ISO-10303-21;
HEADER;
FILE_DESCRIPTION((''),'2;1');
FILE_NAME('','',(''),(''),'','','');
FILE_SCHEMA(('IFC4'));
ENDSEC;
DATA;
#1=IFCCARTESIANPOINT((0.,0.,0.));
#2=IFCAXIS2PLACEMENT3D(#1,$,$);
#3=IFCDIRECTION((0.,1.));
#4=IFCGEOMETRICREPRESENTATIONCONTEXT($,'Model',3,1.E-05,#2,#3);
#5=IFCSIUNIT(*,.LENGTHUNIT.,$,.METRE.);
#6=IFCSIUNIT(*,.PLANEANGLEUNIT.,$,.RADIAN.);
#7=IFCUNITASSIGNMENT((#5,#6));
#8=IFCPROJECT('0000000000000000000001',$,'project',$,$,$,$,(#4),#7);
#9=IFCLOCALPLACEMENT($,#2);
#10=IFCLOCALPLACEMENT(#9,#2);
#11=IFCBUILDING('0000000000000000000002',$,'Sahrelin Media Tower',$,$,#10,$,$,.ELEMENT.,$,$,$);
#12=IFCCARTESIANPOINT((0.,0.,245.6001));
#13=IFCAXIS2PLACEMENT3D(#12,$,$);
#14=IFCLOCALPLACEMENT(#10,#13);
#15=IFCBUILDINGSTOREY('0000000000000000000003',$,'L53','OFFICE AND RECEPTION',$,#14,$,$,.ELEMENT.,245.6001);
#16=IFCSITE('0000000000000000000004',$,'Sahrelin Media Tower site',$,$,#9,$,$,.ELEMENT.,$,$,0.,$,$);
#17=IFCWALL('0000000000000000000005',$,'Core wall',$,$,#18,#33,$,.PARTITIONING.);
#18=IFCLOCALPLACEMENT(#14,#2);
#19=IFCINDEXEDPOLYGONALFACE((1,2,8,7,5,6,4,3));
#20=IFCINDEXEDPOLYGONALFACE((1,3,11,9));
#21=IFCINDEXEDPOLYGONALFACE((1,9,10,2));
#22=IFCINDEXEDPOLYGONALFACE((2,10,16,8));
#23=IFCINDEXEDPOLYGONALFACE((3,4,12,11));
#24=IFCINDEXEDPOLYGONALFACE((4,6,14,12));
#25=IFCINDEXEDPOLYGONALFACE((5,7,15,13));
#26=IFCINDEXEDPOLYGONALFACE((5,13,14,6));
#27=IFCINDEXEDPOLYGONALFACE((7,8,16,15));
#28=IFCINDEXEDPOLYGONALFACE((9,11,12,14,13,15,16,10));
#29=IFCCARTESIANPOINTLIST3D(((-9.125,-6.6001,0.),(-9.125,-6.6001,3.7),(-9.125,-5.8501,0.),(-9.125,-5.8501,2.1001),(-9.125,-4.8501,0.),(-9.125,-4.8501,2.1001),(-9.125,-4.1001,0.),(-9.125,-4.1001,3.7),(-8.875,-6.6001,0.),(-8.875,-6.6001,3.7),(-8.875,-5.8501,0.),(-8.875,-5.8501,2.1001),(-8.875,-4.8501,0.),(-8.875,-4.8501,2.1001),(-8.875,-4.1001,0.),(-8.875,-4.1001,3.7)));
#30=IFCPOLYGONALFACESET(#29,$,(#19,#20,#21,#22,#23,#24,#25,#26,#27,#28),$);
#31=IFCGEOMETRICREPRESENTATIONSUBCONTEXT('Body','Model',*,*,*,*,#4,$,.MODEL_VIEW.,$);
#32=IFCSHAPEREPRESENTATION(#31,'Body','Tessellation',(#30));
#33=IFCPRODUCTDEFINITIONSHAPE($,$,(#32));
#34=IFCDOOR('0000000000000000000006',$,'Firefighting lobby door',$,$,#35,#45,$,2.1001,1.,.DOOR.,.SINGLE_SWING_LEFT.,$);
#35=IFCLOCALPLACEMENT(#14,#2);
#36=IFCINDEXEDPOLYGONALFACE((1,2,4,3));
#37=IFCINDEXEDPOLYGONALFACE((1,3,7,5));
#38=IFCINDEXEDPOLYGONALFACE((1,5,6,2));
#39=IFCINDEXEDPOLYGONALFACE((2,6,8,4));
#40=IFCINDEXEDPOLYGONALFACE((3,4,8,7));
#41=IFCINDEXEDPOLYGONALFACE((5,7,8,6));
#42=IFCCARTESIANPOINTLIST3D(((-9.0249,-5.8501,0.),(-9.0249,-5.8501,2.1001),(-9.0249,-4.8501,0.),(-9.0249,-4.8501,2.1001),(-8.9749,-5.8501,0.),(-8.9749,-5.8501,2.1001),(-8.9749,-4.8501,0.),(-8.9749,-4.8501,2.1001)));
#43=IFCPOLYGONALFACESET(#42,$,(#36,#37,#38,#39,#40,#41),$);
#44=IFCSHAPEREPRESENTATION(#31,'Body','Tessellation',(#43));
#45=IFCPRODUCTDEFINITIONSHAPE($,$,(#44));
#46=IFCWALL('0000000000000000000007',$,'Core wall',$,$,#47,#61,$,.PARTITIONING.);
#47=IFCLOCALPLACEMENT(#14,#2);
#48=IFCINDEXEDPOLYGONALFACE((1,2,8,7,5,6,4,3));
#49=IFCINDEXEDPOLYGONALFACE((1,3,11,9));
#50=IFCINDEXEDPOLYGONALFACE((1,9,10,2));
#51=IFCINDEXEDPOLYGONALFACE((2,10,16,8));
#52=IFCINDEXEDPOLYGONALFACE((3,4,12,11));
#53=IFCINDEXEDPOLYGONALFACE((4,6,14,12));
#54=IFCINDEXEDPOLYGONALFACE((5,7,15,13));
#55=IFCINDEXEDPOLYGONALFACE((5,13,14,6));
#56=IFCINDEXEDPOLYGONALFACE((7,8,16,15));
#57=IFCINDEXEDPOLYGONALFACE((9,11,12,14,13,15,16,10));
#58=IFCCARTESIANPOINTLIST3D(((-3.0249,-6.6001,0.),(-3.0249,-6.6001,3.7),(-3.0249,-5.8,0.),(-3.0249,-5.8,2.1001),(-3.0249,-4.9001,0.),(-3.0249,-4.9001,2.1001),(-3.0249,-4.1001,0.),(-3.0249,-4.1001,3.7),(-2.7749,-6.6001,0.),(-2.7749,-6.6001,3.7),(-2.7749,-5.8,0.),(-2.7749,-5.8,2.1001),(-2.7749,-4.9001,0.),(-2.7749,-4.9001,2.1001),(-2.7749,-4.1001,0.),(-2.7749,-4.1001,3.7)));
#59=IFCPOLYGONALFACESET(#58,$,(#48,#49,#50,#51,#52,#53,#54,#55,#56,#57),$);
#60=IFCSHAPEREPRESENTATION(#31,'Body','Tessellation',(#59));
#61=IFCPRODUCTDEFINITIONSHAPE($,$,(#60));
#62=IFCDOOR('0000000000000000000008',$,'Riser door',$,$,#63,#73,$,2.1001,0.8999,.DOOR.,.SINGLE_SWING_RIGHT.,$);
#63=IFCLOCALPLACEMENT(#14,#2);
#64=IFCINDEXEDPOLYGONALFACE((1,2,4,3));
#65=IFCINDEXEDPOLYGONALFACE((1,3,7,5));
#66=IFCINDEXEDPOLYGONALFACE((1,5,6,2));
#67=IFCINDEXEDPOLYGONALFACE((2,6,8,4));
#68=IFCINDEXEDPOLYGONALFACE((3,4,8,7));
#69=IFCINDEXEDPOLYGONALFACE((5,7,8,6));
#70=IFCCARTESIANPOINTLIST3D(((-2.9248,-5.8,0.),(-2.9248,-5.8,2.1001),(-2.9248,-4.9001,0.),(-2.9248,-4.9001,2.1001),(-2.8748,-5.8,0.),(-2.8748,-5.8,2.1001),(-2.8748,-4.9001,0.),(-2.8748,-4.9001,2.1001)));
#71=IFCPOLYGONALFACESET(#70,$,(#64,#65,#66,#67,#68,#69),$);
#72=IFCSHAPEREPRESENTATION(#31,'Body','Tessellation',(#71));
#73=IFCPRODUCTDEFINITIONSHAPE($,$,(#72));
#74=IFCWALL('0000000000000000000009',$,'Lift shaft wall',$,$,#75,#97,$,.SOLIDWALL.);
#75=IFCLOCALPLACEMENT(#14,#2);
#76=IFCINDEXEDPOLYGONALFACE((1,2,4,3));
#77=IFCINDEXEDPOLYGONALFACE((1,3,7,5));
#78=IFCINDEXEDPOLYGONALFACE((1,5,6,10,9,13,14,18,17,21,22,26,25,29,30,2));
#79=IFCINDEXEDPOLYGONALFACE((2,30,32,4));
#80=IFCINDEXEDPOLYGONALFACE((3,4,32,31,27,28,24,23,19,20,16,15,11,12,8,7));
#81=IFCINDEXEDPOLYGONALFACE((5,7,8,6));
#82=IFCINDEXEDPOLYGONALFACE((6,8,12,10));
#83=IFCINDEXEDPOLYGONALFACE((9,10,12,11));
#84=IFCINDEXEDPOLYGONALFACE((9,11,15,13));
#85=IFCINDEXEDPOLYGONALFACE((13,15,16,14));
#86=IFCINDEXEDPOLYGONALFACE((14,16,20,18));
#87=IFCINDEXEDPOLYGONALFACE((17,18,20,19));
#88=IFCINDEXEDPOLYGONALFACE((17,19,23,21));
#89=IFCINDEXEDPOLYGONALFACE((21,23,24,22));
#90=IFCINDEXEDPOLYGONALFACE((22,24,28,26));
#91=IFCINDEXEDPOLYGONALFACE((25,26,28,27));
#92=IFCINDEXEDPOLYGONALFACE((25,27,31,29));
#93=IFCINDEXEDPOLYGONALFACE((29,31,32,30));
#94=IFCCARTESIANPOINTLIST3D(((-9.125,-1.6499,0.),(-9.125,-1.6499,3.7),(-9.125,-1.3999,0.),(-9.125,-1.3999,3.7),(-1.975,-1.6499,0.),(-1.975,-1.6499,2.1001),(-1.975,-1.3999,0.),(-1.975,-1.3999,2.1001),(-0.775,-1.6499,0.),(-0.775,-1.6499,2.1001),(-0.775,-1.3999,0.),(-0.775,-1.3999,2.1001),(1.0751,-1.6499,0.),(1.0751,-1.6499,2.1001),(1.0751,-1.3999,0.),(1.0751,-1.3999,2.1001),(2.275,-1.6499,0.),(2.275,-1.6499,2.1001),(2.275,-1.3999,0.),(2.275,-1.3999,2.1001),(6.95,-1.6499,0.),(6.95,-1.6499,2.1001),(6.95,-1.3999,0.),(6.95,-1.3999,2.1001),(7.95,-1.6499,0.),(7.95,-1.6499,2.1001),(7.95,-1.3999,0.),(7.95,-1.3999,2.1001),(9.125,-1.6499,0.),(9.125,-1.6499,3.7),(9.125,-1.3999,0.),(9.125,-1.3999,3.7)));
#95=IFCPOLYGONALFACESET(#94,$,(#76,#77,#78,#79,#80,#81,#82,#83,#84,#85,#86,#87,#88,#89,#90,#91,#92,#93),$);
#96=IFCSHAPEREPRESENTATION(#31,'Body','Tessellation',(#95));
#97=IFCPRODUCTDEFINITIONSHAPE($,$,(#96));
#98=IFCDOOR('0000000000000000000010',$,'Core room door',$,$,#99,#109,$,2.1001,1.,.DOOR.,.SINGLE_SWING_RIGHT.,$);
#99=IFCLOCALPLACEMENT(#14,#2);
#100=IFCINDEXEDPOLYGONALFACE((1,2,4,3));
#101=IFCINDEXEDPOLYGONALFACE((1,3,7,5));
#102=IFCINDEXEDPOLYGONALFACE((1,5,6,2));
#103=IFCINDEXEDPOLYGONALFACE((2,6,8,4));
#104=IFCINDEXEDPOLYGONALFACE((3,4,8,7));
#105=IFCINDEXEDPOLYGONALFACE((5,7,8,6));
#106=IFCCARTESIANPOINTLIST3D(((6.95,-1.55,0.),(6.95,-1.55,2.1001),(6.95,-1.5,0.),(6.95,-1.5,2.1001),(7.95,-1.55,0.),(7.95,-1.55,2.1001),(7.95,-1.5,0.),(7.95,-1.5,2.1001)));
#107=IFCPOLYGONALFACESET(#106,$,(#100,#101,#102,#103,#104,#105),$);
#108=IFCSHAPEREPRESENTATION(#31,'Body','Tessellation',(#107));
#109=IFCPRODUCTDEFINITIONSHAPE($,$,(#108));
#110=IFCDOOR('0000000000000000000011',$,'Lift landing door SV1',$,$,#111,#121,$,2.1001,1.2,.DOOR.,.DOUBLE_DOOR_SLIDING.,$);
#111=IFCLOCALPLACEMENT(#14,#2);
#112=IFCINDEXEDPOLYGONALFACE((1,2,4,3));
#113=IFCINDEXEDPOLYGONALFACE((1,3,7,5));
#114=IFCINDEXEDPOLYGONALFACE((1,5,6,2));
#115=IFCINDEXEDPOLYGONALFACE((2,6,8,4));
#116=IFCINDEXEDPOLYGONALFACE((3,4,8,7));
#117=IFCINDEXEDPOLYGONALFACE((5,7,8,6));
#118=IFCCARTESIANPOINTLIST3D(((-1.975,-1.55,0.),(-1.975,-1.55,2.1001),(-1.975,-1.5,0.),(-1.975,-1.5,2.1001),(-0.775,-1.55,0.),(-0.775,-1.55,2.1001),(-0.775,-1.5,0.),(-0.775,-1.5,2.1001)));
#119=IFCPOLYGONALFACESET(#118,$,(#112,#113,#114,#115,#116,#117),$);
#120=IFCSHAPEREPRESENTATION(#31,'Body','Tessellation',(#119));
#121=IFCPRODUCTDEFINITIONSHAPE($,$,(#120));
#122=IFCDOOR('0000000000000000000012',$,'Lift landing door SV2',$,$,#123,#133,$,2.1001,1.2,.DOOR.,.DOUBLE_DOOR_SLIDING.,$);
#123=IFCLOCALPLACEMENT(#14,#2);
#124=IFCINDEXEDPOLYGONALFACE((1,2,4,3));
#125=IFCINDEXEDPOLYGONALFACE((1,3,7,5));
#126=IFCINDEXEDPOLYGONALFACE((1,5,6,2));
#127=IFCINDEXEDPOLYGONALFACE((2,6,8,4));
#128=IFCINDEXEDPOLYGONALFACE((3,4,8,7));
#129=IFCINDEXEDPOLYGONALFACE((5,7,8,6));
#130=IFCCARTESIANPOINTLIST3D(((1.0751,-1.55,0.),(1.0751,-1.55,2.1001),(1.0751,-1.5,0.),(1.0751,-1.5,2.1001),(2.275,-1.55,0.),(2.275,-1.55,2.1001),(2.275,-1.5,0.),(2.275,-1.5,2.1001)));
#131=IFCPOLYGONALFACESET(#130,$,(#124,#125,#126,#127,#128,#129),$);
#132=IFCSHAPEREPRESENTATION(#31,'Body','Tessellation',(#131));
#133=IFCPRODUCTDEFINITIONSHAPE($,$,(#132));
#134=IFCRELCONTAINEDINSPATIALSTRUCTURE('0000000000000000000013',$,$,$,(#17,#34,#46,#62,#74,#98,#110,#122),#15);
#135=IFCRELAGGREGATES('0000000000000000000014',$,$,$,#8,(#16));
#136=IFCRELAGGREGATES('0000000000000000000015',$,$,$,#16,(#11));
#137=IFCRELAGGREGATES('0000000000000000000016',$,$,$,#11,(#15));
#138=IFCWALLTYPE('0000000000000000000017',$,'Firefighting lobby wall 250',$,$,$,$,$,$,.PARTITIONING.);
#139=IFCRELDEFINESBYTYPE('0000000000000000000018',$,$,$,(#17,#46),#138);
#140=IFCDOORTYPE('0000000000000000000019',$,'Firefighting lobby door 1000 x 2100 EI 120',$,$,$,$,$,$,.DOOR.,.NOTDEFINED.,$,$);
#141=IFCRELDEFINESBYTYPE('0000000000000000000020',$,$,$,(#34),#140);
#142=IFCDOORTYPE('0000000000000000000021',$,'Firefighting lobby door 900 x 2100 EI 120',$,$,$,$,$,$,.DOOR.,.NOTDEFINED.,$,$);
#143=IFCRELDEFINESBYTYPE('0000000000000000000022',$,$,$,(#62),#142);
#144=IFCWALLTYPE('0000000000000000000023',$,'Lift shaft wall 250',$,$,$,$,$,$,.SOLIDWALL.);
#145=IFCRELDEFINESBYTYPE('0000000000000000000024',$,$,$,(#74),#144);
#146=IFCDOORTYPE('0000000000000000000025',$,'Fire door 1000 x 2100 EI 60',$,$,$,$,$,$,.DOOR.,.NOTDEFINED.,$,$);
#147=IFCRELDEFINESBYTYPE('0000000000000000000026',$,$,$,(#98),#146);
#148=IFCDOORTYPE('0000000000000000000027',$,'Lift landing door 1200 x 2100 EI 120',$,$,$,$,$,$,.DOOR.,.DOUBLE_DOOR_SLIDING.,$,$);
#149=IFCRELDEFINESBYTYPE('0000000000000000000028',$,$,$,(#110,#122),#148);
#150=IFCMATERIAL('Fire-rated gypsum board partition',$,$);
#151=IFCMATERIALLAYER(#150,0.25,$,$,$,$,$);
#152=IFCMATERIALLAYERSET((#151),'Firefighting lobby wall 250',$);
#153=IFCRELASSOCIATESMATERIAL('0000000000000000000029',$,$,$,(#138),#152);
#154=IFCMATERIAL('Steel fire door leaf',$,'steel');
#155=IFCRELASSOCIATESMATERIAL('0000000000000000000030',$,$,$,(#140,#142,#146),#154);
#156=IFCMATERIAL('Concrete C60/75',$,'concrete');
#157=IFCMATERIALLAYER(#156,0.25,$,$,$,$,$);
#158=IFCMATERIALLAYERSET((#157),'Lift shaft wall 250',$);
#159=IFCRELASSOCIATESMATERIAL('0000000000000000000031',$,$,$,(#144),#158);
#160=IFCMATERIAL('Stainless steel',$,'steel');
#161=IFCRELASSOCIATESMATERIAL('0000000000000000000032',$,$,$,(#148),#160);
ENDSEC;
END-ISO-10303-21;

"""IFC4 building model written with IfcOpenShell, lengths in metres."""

from ifc_helpers import new_model, si_unit, direction, frame, frame_2d, origin, place, context, subcontext, project, spatial, rectangle, extrude, material, layer, layer_set, type_object, element, fill, save


model = new_model("IFC4")

# Units and contexts
model_context = context("Model", 3, precision=1e-05, world=origin(), true_north=direction((0.0, 1.0)))
body_context = subcontext(model_context, "Body", "Model", "MODEL_VIEW")
ifc_project = project(units=[si_unit("LENGTHUNIT", "METRE"), si_unit("PLANEANGLEUNIT", "RADIAN")], contexts=[model_context])

# Site, building, storey
site_placement = place(None, origin())
site = spatial("IfcSite", under=ifc_project, at=site_placement, Name="Sahrelin Media Tower site", CompositionType="ELEMENT", RefElevation=0.0)
building_placement = place(site_placement, origin())
building = spatial("IfcBuilding", under=site, at=building_placement, Name="Sahrelin Media Tower", CompositionType="ELEMENT")
storey_placement = place(building_placement, frame((0.0, 0.0, 245.6001)))
storey = spatial("IfcBuildingStorey", under=building, at=storey_placement, Name="L53", Description="OFFICE AND RECEPTION", CompositionType="ELEMENT", Elevation=245.6001)

# Shared definitions
ifc_material_1 = material(Name="Concrete C60/75", Category="concrete")

# Walls, openings, doors
ifc_material_2 = material(Name="Fire-rated gypsum board partition")
ifc_layer_1 = layer(ifc_material_2, 0.25)
ifc_layer_set_1 = layer_set([ifc_layer_1], Name="Firefighting lobby wall 250")
wall_type_1 = type_object("IfcWallType", Name="Firefighting lobby wall 250", PredefinedType="PARTITIONING", material=ifc_layer_set_1)
wall_1_placement = place(storey_placement, frame((-9.0, -6.6001, 0.0), z_axis=(0.0, 0.0, 1.0), x_axis=(0.0, 1.0, 0.0)))
wall_1 = element("IfcWall", 1, at=wall_1_placement, inside=storey, type_object=wall_type_1, Name="Core wall", PredefinedType="PARTITIONING", context=body_context, shape_type="SweptSolid", body=[
    extrude(rectangle(XDim=2.5, YDim=0.25, at=frame_2d((1.25, 0.0))), origin(), (0.0, 0.0, 1.0), 3.7),
])
opening_1_placement = place(wall_1_placement, frame((0.75, 0.0, 0.0)))
opening_1 = element("IfcOpeningElement", 2, at=opening_1_placement, cuts=wall_1, PredefinedType="OPENING", context=body_context, shape_type="SweptSolid", body=[
    extrude(rectangle(XDim=1.0, YDim=2.1001, at=frame_2d((0.5, 1.05))), frame((0.0, 0.125, 0.0), z_axis=(0.0, -1.0, 0.0), x_axis=(1.0, 0.0, 0.0)), (0.0, 0.0, 1.0), 0.25),
])
ifc_material_3 = material(Name="Steel fire door leaf", Category="steel")
door_type_1 = type_object("IfcDoorType", Name="Firefighting lobby door 1000 x 2100 EI 120", OperationType="NOTDEFINED", PredefinedType="DOOR", material=ifc_material_3)
door_1_placement = place(opening_1_placement, origin())
door_1 = element("IfcDoor", 3, at=door_1_placement, inside=storey, type_object=door_type_1, Name="Firefighting lobby door", OperationType="SINGLE_SWING_LEFT", OverallHeight=2.1001, OverallWidth=1.0, PredefinedType="DOOR", context=body_context, shape_type="SweptSolid", body=[
    extrude(rectangle(XDim=1.0, YDim=2.1001, at=frame_2d((0.5, 1.05))), frame((0.0, 0.0249, 0.0), z_axis=(0.0, -1.0, 0.0), x_axis=(1.0, 0.0, 0.0)), (0.0, 0.0, 1.0), 0.05),
])
fill(opening_1, door_1)
wall_2_placement = place(storey_placement, frame((-2.8999, -6.6001, 0.0), z_axis=(0.0, 0.0, 1.0), x_axis=(0.0, 1.0, 0.0)))
wall_2 = element("IfcWall", 4, at=wall_2_placement, inside=storey, type_object=wall_type_1, Name="Core wall", PredefinedType="PARTITIONING", context=body_context, shape_type="SweptSolid", body=[
    extrude(rectangle(XDim=2.5, YDim=0.25, at=frame_2d((1.25, 0.0))), origin(), (0.0, 0.0, 1.0), 3.7),
])
opening_2_placement = place(wall_2_placement, frame((0.8, 0.0, 0.0)))
opening_2 = element("IfcOpeningElement", 5, at=opening_2_placement, cuts=wall_2, PredefinedType="OPENING", context=body_context, shape_type="SweptSolid", body=[
    extrude(rectangle(XDim=0.8999, YDim=2.1001, at=frame_2d((0.45, 1.05))), frame((0.0, 0.125, 0.0), z_axis=(0.0, -1.0, 0.0), x_axis=(1.0, 0.0, 0.0)), (0.0, 0.0, 1.0), 0.25),
])
door_type_2 = type_object("IfcDoorType", Name="Firefighting lobby door 900 x 2100 EI 120", OperationType="NOTDEFINED", PredefinedType="DOOR", material=ifc_material_3)
door_2_placement = place(opening_2_placement, origin())
door_2 = element("IfcDoor", 6, at=door_2_placement, inside=storey, type_object=door_type_2, Name="Riser door", OperationType="SINGLE_SWING_RIGHT", OverallHeight=2.1001, OverallWidth=0.8999, PredefinedType="DOOR", context=body_context, shape_type="SweptSolid", body=[
    extrude(rectangle(XDim=0.8999, YDim=2.1001, at=frame_2d((0.45, 1.05))), frame((0.0, 0.0249, 0.0), z_axis=(0.0, -1.0, 0.0), x_axis=(1.0, 0.0, 0.0)), (0.0, 0.0, 1.0), 0.05),
])
fill(opening_2, door_2)

# Wall, openings, doors
ifc_layer_2 = layer(ifc_material_1, 0.25)
ifc_layer_set_2 = layer_set([ifc_layer_2], Name="Lift shaft wall 250")
wall_type_2 = type_object("IfcWallType", Name="Lift shaft wall 250", PredefinedType="SOLIDWALL", material=ifc_layer_set_2)
wall_3_placement = place(storey_placement, frame((-9.125, -1.5249, 0.0), z_axis=(0.0, 0.0, 1.0), x_axis=(1.0, 0.0, 0.0)))
wall_3 = element("IfcWall", 7, at=wall_3_placement, inside=storey, type_object=wall_type_2, Name="Lift shaft wall", PredefinedType="SOLIDWALL", context=body_context, shape_type="SweptSolid", body=[
    extrude(rectangle(XDim=18.25, YDim=0.25, at=frame_2d((9.125, 0.0))), origin(), (0.0, 0.0, 1.0), 3.7),
])
opening_3_placement = place(wall_3_placement, frame((7.1499, 0.0, 0.0)))
opening_3 = element("IfcOpeningElement", 8, at=opening_3_placement, cuts=wall_3, PredefinedType="OPENING", context=body_context, shape_type="SweptSolid", body=[
    extrude(rectangle(XDim=1.2, YDim=2.1001, at=frame_2d((0.6001, 1.05))), frame((0.0, 0.125, 0.0), z_axis=(0.0, -1.0, 0.0), x_axis=(1.0, 0.0, 0.0)), (0.0, 0.0, 1.0), 0.25),
])
opening_4_placement = place(wall_3_placement, frame((10.2, 0.0, 0.0)))
opening_4 = element("IfcOpeningElement", 9, at=opening_4_placement, cuts=wall_3, PredefinedType="OPENING", context=body_context, shape_type="SweptSolid", body=[
    extrude(rectangle(XDim=1.2, YDim=2.1001, at=frame_2d((0.6001, 1.05))), frame((0.0, 0.125, 0.0), z_axis=(0.0, -1.0, 0.0), x_axis=(1.0, 0.0, 0.0)), (0.0, 0.0, 1.0), 0.25),
])
opening_5_placement = place(wall_3_placement, frame((16.075, 0.0, 0.0)))
opening_5 = element("IfcOpeningElement", 10, at=opening_5_placement, cuts=wall_3, PredefinedType="OPENING", context=body_context, shape_type="SweptSolid", body=[
    extrude(rectangle(XDim=1.0, YDim=2.1001, at=frame_2d((0.5, 1.05))), frame((0.0, 0.125, 0.0), z_axis=(0.0, -1.0, 0.0), x_axis=(1.0, 0.0, 0.0)), (0.0, 0.0, 1.0), 0.25),
])
door_type_3 = type_object("IfcDoorType", Name="Fire door 1000 x 2100 EI 60", OperationType="NOTDEFINED", PredefinedType="DOOR", material=ifc_material_3)
door_3_placement = place(opening_5_placement, origin())
door_3 = element("IfcDoor", 11, at=door_3_placement, inside=storey, type_object=door_type_3, Name="Core room door", OperationType="SINGLE_SWING_RIGHT", OverallHeight=2.1001, OverallWidth=1.0, PredefinedType="DOOR", context=body_context, shape_type="SweptSolid", body=[
    extrude(rectangle(XDim=1.0, YDim=2.1001, at=frame_2d((0.5, 1.05))), frame((0.0, 0.0249, 0.0), z_axis=(0.0, -1.0, 0.0), x_axis=(1.0, 0.0, 0.0)), (0.0, 0.0, 1.0), 0.05),
])
fill(opening_5, door_3)
ifc_material_4 = material(Name="Stainless steel", Category="steel")
door_type_4 = type_object("IfcDoorType", Name="Lift landing door 1200 x 2100 EI 120", OperationType="DOUBLE_DOOR_SLIDING", PredefinedType="DOOR", material=ifc_material_4)
door_4_placement = place(opening_3_placement, origin())
door_4 = element("IfcDoor", 12, at=door_4_placement, inside=storey, type_object=door_type_4, Name="Lift landing door SV1", OperationType="DOUBLE_DOOR_SLIDING", OverallHeight=2.1001, OverallWidth=1.2, PredefinedType="DOOR", context=body_context, shape_type="SweptSolid", body=[
    extrude(rectangle(XDim=1.2, YDim=2.1001, at=frame_2d((0.6001, 1.05))), frame((0.0, 0.0249, 0.0), z_axis=(0.0, -1.0, 0.0), x_axis=(1.0, 0.0, 0.0)), (0.0, 0.0, 1.0), 0.05),
])
fill(opening_3, door_4)
door_5_placement = place(opening_4_placement, origin())
door_5 = element("IfcDoor", 13, at=door_5_placement, inside=storey, type_object=door_type_4, Name="Lift landing door SV2", OperationType="DOUBLE_DOOR_SLIDING", OverallHeight=2.1001, OverallWidth=1.2, PredefinedType="DOOR", context=body_context, shape_type="SweptSolid", body=[
    extrude(rectangle(XDim=1.2, YDim=2.1001, at=frame_2d((0.6001, 1.05))), frame((0.0, 0.0249, 0.0), z_axis=(0.0, -1.0, 0.0), x_axis=(1.0, 0.0, 0.0)), (0.0, 0.0, 1.0), 0.05),
])
fill(opening_4, door_5)

save(model, "model.ifc")
